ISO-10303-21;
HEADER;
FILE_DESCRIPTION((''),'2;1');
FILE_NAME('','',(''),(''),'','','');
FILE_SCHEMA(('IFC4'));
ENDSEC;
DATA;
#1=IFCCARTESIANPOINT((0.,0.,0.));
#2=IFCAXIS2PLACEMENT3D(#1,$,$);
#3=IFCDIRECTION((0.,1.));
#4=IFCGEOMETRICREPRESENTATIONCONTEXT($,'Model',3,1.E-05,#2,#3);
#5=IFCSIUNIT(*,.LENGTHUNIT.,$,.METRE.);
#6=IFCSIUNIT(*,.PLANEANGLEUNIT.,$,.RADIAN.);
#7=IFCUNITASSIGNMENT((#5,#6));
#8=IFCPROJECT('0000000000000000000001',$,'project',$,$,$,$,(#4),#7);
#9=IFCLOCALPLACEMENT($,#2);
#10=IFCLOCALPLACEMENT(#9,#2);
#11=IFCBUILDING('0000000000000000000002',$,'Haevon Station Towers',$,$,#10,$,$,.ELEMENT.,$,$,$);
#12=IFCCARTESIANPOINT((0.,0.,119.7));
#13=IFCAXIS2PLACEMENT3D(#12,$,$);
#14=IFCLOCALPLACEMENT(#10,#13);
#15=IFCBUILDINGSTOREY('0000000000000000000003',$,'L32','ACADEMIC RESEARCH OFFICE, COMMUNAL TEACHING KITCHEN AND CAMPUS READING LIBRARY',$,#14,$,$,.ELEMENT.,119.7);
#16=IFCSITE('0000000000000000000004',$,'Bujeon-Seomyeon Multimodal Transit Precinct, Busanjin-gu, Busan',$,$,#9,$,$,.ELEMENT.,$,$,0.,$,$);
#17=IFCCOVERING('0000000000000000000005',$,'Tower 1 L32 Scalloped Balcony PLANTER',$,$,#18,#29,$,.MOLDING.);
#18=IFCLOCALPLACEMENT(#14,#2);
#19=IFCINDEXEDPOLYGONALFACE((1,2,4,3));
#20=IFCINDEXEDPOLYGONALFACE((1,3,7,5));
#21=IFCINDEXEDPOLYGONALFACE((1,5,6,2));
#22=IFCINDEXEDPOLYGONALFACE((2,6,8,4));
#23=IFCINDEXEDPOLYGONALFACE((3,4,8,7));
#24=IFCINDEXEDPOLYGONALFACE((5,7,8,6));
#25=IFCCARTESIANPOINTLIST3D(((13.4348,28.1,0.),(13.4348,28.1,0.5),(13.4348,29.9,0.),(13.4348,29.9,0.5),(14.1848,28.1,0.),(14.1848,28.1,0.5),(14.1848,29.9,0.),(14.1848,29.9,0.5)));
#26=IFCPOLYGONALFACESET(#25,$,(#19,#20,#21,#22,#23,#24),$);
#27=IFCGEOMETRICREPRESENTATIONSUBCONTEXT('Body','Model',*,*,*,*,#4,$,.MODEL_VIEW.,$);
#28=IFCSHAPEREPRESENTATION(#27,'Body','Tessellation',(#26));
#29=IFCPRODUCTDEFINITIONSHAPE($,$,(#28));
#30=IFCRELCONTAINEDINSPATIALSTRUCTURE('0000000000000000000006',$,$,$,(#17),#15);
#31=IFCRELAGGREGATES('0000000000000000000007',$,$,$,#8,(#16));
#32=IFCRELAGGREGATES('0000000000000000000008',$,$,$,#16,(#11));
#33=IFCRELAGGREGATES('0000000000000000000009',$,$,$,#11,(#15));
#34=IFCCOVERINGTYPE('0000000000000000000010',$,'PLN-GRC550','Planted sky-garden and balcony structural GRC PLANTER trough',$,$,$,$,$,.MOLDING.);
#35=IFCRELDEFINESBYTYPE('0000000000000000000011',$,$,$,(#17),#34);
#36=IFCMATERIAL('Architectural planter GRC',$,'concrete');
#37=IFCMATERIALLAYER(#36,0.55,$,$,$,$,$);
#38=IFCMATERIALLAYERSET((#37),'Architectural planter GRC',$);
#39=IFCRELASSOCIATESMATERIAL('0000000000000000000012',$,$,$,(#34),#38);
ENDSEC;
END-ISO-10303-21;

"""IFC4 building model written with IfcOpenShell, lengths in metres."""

from ifc_helpers import new_model, si_unit, direction, frame, origin, origin_2d, place, context, subcontext, project, spatial, rectangle, extrude, material, layer, layer_set, type_object, element, save


model = new_model("IFC4")

# Units and contexts
model_context = context("Model", 3, precision=1e-05, world=origin(), true_north=direction((0.0, 1.0)))
body_context = subcontext(model_context, "Body", "Model", "MODEL_VIEW")
ifc_project = project(units=[si_unit("LENGTHUNIT", "METRE"), si_unit("PLANEANGLEUNIT", "RADIAN")], contexts=[model_context])

# Site, building, storey
site_placement = place(None, origin())
site = spatial("IfcSite", under=ifc_project, at=site_placement, Name="Bujeon-Seomyeon Multimodal Transit Precinct, Busanjin-gu, Busan", CompositionType="ELEMENT", RefElevation=0.0)
building_placement = place(site_placement, origin())
building = spatial("IfcBuilding", under=site, at=building_placement, Name="Haevon Station Towers", CompositionType="ELEMENT")
storey_placement = place(building_placement, frame((0.0, 0.0, 119.7)))
storey = spatial("IfcBuildingStorey", under=building, at=storey_placement, Name="L32", Description="ACADEMIC RESEARCH OFFICE, COMMUNAL TEACHING KITCHEN AND CAMPUS READING LIBRARY", CompositionType="ELEMENT", Elevation=119.7)

# Covering
ifc_material_1 = material(Name="Architectural planter GRC", Category="concrete")
ifc_layer_1 = layer(ifc_material_1, 0.55)
ifc_layer_set_1 = layer_set([ifc_layer_1], Name="Architectural planter GRC")
covering_type = type_object("IfcCoveringType", Name="PLN-GRC550", Description="Planted sky-garden and balcony structural GRC PLANTER trough", PredefinedType="MOLDING", material=ifc_layer_set_1)
covering_placement = place(storey_placement, frame((13.8098, 29.0, 0.0), z_axis=(0.0, 0.0, 1.0), x_axis=(1.0, 0.0, 0.0)))
element("IfcCovering", 1, at=covering_placement, inside=storey, type_object=covering_type, Name="Tower 1 L32 Scalloped Balcony PLANTER", PredefinedType="MOLDING", context=body_context, shape_type="SweptSolid", body=[
    extrude(rectangle(XDim=0.75, YDim=1.8, at=origin_2d()), origin(), (0.0, 0.0, 1.0), 0.5),
])

save(model, "model.ifc")
